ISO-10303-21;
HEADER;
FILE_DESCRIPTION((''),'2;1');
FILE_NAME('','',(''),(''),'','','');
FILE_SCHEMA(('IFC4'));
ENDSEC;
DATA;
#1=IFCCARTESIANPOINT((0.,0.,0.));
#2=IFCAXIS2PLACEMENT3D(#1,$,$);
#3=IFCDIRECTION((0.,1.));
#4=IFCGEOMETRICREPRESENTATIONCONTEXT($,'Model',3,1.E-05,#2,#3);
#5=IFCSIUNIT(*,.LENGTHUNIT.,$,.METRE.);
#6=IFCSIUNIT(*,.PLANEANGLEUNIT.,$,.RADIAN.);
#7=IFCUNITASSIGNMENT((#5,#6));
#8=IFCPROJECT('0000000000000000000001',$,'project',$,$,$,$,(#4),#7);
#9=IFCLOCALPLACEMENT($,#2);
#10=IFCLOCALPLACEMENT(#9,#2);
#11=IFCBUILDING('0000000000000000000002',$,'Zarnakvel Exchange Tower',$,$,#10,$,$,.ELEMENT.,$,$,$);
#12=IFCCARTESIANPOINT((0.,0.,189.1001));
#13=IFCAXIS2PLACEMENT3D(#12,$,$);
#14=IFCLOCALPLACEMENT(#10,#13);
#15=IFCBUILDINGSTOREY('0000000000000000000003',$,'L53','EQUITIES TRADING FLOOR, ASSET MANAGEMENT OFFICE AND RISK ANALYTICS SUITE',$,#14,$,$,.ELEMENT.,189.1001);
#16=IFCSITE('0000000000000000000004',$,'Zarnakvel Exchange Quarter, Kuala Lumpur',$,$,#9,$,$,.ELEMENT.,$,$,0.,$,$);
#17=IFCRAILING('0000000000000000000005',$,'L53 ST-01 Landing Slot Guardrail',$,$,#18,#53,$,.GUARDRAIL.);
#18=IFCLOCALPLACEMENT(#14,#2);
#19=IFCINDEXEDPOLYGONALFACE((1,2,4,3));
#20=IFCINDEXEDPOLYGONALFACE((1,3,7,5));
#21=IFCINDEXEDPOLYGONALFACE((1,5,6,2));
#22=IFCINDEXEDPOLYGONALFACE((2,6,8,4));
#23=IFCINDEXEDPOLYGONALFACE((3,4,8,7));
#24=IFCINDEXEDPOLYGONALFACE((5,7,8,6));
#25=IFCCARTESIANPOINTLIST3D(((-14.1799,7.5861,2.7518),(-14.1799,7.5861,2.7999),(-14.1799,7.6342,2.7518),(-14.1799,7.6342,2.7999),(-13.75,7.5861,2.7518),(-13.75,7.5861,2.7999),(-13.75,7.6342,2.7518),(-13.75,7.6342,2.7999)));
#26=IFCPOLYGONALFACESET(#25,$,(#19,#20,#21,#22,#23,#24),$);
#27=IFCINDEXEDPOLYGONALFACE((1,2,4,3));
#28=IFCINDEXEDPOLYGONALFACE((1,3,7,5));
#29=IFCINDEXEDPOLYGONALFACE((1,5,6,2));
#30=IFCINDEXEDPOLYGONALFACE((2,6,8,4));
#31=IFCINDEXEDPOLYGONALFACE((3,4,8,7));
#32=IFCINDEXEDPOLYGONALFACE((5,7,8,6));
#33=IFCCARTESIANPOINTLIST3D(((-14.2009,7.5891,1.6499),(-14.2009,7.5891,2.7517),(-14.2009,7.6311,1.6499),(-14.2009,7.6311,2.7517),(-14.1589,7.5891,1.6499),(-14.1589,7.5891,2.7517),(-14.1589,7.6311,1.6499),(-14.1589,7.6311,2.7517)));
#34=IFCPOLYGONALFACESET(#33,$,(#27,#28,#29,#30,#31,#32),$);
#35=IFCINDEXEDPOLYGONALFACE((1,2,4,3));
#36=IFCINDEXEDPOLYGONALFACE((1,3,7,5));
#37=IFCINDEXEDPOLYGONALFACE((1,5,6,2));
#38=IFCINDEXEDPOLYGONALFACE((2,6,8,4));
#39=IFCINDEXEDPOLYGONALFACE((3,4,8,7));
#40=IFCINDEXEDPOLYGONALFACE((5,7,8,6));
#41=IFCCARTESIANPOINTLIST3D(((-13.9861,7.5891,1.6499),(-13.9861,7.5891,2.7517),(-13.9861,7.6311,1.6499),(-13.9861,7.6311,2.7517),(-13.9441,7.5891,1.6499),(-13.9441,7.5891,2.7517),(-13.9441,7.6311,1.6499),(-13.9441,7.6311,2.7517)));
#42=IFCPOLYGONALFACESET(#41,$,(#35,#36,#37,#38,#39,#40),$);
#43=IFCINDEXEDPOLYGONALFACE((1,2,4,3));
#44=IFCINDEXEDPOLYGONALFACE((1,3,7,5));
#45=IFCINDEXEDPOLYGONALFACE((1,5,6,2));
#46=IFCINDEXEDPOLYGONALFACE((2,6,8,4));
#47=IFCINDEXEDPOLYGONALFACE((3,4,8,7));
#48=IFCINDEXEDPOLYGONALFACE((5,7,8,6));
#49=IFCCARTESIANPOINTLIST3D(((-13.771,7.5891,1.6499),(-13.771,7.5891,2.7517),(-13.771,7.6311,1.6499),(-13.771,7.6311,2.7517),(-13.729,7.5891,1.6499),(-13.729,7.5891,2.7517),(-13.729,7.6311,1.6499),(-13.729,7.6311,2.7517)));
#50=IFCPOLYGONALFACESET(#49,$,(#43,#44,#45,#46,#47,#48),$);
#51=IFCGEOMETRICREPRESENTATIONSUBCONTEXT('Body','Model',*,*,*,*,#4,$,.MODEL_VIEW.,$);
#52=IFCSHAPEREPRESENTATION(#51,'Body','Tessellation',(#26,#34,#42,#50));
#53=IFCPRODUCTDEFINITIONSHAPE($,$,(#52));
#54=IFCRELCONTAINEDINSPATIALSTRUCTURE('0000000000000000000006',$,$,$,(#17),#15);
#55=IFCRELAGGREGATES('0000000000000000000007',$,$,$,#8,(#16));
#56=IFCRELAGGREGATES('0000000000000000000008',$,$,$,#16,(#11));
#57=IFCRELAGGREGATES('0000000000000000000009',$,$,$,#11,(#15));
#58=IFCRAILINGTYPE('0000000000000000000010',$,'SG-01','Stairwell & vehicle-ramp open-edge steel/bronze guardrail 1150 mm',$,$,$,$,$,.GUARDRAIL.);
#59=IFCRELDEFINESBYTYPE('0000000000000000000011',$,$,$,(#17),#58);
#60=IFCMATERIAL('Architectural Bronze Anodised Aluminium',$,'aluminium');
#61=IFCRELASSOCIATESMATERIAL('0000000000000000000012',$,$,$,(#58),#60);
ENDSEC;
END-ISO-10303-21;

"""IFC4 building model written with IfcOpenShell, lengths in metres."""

from ifc_helpers import new_model, si_unit, direction, frame, origin, origin_2d, place, context, subcontext, project, spatial, rectangle, extrude, material, type_object, element, save


model = new_model("IFC4")

# Units and contexts
model_context = context("Model", 3, precision=1e-05, world=origin(), true_north=direction((0.0, 1.0)))
body_context = subcontext(model_context, "Body", "Model", "MODEL_VIEW")
ifc_project = project(units=[si_unit("LENGTHUNIT", "METRE"), si_unit("PLANEANGLEUNIT", "RADIAN")], contexts=[model_context])

# Site, building, storey
site_placement = place(None, origin())
site = spatial("IfcSite", under=ifc_project, at=site_placement, Name="Zarnakvel Exchange Quarter, Kuala Lumpur", CompositionType="ELEMENT", RefElevation=0.0)
building_placement = place(site_placement, origin())
building = spatial("IfcBuilding", under=site, at=building_placement, Name="Zarnakvel Exchange Tower", CompositionType="ELEMENT")
storey_placement = place(building_placement, frame((0.0, 0.0, 189.1001)))
storey = spatial("IfcBuildingStorey", under=building, at=storey_placement, Name="L53", Description="EQUITIES TRADING FLOOR, ASSET MANAGEMENT OFFICE AND RISK ANALYTICS SUITE", CompositionType="ELEMENT", Elevation=189.1001)

# Shared definitions
ifc_material_1 = material(Name="Architectural Bronze Anodised Aluminium", Category="aluminium")

# Railing
railing_type_1 = type_object("IfcRailingType", Name="SG-01", Description="Stairwell & vehicle-ramp open-edge steel/bronze guardrail 1150 mm", PredefinedType="GUARDRAIL", material=ifc_material_1)
railing_1_placement = place(storey_placement, frame((-14.1799, 7.6101, 1.6499)))
element("IfcRailing", 1, at=railing_1_placement, inside=storey, type_object=railing_type_1, Name="L53 ST-01 Landing Slot Guardrail", PredefinedType="GUARDRAIL", context=body_context, shape_type="SweptSolid", body=[
    extrude(rectangle(XDim=0.0481, YDim=0.0481, at=origin_2d()), frame((0.0, 0.0, 1.126), z_axis=(1.0, 0.0, 0.0), x_axis=(0.0, 1.0, 0.0)), (0.0, 0.0, 1.0), 0.4299),
    extrude(rectangle(XDim=0.042, YDim=0.042, at=origin_2d()), origin(), (0.0, 0.0, 1.0), 1.1018),
    extrude(rectangle(XDim=0.042, YDim=0.042, at=origin_2d()), frame((0.2148, 0.0, 0.0)), (0.0, 0.0, 1.0), 1.1018),
    extrude(rectangle(XDim=0.042, YDim=0.042, at=origin_2d()), frame((0.4299, 0.0, 0.0)), (0.0, 0.0, 1.0), 1.1018),
])

save(model, "model.ifc")
